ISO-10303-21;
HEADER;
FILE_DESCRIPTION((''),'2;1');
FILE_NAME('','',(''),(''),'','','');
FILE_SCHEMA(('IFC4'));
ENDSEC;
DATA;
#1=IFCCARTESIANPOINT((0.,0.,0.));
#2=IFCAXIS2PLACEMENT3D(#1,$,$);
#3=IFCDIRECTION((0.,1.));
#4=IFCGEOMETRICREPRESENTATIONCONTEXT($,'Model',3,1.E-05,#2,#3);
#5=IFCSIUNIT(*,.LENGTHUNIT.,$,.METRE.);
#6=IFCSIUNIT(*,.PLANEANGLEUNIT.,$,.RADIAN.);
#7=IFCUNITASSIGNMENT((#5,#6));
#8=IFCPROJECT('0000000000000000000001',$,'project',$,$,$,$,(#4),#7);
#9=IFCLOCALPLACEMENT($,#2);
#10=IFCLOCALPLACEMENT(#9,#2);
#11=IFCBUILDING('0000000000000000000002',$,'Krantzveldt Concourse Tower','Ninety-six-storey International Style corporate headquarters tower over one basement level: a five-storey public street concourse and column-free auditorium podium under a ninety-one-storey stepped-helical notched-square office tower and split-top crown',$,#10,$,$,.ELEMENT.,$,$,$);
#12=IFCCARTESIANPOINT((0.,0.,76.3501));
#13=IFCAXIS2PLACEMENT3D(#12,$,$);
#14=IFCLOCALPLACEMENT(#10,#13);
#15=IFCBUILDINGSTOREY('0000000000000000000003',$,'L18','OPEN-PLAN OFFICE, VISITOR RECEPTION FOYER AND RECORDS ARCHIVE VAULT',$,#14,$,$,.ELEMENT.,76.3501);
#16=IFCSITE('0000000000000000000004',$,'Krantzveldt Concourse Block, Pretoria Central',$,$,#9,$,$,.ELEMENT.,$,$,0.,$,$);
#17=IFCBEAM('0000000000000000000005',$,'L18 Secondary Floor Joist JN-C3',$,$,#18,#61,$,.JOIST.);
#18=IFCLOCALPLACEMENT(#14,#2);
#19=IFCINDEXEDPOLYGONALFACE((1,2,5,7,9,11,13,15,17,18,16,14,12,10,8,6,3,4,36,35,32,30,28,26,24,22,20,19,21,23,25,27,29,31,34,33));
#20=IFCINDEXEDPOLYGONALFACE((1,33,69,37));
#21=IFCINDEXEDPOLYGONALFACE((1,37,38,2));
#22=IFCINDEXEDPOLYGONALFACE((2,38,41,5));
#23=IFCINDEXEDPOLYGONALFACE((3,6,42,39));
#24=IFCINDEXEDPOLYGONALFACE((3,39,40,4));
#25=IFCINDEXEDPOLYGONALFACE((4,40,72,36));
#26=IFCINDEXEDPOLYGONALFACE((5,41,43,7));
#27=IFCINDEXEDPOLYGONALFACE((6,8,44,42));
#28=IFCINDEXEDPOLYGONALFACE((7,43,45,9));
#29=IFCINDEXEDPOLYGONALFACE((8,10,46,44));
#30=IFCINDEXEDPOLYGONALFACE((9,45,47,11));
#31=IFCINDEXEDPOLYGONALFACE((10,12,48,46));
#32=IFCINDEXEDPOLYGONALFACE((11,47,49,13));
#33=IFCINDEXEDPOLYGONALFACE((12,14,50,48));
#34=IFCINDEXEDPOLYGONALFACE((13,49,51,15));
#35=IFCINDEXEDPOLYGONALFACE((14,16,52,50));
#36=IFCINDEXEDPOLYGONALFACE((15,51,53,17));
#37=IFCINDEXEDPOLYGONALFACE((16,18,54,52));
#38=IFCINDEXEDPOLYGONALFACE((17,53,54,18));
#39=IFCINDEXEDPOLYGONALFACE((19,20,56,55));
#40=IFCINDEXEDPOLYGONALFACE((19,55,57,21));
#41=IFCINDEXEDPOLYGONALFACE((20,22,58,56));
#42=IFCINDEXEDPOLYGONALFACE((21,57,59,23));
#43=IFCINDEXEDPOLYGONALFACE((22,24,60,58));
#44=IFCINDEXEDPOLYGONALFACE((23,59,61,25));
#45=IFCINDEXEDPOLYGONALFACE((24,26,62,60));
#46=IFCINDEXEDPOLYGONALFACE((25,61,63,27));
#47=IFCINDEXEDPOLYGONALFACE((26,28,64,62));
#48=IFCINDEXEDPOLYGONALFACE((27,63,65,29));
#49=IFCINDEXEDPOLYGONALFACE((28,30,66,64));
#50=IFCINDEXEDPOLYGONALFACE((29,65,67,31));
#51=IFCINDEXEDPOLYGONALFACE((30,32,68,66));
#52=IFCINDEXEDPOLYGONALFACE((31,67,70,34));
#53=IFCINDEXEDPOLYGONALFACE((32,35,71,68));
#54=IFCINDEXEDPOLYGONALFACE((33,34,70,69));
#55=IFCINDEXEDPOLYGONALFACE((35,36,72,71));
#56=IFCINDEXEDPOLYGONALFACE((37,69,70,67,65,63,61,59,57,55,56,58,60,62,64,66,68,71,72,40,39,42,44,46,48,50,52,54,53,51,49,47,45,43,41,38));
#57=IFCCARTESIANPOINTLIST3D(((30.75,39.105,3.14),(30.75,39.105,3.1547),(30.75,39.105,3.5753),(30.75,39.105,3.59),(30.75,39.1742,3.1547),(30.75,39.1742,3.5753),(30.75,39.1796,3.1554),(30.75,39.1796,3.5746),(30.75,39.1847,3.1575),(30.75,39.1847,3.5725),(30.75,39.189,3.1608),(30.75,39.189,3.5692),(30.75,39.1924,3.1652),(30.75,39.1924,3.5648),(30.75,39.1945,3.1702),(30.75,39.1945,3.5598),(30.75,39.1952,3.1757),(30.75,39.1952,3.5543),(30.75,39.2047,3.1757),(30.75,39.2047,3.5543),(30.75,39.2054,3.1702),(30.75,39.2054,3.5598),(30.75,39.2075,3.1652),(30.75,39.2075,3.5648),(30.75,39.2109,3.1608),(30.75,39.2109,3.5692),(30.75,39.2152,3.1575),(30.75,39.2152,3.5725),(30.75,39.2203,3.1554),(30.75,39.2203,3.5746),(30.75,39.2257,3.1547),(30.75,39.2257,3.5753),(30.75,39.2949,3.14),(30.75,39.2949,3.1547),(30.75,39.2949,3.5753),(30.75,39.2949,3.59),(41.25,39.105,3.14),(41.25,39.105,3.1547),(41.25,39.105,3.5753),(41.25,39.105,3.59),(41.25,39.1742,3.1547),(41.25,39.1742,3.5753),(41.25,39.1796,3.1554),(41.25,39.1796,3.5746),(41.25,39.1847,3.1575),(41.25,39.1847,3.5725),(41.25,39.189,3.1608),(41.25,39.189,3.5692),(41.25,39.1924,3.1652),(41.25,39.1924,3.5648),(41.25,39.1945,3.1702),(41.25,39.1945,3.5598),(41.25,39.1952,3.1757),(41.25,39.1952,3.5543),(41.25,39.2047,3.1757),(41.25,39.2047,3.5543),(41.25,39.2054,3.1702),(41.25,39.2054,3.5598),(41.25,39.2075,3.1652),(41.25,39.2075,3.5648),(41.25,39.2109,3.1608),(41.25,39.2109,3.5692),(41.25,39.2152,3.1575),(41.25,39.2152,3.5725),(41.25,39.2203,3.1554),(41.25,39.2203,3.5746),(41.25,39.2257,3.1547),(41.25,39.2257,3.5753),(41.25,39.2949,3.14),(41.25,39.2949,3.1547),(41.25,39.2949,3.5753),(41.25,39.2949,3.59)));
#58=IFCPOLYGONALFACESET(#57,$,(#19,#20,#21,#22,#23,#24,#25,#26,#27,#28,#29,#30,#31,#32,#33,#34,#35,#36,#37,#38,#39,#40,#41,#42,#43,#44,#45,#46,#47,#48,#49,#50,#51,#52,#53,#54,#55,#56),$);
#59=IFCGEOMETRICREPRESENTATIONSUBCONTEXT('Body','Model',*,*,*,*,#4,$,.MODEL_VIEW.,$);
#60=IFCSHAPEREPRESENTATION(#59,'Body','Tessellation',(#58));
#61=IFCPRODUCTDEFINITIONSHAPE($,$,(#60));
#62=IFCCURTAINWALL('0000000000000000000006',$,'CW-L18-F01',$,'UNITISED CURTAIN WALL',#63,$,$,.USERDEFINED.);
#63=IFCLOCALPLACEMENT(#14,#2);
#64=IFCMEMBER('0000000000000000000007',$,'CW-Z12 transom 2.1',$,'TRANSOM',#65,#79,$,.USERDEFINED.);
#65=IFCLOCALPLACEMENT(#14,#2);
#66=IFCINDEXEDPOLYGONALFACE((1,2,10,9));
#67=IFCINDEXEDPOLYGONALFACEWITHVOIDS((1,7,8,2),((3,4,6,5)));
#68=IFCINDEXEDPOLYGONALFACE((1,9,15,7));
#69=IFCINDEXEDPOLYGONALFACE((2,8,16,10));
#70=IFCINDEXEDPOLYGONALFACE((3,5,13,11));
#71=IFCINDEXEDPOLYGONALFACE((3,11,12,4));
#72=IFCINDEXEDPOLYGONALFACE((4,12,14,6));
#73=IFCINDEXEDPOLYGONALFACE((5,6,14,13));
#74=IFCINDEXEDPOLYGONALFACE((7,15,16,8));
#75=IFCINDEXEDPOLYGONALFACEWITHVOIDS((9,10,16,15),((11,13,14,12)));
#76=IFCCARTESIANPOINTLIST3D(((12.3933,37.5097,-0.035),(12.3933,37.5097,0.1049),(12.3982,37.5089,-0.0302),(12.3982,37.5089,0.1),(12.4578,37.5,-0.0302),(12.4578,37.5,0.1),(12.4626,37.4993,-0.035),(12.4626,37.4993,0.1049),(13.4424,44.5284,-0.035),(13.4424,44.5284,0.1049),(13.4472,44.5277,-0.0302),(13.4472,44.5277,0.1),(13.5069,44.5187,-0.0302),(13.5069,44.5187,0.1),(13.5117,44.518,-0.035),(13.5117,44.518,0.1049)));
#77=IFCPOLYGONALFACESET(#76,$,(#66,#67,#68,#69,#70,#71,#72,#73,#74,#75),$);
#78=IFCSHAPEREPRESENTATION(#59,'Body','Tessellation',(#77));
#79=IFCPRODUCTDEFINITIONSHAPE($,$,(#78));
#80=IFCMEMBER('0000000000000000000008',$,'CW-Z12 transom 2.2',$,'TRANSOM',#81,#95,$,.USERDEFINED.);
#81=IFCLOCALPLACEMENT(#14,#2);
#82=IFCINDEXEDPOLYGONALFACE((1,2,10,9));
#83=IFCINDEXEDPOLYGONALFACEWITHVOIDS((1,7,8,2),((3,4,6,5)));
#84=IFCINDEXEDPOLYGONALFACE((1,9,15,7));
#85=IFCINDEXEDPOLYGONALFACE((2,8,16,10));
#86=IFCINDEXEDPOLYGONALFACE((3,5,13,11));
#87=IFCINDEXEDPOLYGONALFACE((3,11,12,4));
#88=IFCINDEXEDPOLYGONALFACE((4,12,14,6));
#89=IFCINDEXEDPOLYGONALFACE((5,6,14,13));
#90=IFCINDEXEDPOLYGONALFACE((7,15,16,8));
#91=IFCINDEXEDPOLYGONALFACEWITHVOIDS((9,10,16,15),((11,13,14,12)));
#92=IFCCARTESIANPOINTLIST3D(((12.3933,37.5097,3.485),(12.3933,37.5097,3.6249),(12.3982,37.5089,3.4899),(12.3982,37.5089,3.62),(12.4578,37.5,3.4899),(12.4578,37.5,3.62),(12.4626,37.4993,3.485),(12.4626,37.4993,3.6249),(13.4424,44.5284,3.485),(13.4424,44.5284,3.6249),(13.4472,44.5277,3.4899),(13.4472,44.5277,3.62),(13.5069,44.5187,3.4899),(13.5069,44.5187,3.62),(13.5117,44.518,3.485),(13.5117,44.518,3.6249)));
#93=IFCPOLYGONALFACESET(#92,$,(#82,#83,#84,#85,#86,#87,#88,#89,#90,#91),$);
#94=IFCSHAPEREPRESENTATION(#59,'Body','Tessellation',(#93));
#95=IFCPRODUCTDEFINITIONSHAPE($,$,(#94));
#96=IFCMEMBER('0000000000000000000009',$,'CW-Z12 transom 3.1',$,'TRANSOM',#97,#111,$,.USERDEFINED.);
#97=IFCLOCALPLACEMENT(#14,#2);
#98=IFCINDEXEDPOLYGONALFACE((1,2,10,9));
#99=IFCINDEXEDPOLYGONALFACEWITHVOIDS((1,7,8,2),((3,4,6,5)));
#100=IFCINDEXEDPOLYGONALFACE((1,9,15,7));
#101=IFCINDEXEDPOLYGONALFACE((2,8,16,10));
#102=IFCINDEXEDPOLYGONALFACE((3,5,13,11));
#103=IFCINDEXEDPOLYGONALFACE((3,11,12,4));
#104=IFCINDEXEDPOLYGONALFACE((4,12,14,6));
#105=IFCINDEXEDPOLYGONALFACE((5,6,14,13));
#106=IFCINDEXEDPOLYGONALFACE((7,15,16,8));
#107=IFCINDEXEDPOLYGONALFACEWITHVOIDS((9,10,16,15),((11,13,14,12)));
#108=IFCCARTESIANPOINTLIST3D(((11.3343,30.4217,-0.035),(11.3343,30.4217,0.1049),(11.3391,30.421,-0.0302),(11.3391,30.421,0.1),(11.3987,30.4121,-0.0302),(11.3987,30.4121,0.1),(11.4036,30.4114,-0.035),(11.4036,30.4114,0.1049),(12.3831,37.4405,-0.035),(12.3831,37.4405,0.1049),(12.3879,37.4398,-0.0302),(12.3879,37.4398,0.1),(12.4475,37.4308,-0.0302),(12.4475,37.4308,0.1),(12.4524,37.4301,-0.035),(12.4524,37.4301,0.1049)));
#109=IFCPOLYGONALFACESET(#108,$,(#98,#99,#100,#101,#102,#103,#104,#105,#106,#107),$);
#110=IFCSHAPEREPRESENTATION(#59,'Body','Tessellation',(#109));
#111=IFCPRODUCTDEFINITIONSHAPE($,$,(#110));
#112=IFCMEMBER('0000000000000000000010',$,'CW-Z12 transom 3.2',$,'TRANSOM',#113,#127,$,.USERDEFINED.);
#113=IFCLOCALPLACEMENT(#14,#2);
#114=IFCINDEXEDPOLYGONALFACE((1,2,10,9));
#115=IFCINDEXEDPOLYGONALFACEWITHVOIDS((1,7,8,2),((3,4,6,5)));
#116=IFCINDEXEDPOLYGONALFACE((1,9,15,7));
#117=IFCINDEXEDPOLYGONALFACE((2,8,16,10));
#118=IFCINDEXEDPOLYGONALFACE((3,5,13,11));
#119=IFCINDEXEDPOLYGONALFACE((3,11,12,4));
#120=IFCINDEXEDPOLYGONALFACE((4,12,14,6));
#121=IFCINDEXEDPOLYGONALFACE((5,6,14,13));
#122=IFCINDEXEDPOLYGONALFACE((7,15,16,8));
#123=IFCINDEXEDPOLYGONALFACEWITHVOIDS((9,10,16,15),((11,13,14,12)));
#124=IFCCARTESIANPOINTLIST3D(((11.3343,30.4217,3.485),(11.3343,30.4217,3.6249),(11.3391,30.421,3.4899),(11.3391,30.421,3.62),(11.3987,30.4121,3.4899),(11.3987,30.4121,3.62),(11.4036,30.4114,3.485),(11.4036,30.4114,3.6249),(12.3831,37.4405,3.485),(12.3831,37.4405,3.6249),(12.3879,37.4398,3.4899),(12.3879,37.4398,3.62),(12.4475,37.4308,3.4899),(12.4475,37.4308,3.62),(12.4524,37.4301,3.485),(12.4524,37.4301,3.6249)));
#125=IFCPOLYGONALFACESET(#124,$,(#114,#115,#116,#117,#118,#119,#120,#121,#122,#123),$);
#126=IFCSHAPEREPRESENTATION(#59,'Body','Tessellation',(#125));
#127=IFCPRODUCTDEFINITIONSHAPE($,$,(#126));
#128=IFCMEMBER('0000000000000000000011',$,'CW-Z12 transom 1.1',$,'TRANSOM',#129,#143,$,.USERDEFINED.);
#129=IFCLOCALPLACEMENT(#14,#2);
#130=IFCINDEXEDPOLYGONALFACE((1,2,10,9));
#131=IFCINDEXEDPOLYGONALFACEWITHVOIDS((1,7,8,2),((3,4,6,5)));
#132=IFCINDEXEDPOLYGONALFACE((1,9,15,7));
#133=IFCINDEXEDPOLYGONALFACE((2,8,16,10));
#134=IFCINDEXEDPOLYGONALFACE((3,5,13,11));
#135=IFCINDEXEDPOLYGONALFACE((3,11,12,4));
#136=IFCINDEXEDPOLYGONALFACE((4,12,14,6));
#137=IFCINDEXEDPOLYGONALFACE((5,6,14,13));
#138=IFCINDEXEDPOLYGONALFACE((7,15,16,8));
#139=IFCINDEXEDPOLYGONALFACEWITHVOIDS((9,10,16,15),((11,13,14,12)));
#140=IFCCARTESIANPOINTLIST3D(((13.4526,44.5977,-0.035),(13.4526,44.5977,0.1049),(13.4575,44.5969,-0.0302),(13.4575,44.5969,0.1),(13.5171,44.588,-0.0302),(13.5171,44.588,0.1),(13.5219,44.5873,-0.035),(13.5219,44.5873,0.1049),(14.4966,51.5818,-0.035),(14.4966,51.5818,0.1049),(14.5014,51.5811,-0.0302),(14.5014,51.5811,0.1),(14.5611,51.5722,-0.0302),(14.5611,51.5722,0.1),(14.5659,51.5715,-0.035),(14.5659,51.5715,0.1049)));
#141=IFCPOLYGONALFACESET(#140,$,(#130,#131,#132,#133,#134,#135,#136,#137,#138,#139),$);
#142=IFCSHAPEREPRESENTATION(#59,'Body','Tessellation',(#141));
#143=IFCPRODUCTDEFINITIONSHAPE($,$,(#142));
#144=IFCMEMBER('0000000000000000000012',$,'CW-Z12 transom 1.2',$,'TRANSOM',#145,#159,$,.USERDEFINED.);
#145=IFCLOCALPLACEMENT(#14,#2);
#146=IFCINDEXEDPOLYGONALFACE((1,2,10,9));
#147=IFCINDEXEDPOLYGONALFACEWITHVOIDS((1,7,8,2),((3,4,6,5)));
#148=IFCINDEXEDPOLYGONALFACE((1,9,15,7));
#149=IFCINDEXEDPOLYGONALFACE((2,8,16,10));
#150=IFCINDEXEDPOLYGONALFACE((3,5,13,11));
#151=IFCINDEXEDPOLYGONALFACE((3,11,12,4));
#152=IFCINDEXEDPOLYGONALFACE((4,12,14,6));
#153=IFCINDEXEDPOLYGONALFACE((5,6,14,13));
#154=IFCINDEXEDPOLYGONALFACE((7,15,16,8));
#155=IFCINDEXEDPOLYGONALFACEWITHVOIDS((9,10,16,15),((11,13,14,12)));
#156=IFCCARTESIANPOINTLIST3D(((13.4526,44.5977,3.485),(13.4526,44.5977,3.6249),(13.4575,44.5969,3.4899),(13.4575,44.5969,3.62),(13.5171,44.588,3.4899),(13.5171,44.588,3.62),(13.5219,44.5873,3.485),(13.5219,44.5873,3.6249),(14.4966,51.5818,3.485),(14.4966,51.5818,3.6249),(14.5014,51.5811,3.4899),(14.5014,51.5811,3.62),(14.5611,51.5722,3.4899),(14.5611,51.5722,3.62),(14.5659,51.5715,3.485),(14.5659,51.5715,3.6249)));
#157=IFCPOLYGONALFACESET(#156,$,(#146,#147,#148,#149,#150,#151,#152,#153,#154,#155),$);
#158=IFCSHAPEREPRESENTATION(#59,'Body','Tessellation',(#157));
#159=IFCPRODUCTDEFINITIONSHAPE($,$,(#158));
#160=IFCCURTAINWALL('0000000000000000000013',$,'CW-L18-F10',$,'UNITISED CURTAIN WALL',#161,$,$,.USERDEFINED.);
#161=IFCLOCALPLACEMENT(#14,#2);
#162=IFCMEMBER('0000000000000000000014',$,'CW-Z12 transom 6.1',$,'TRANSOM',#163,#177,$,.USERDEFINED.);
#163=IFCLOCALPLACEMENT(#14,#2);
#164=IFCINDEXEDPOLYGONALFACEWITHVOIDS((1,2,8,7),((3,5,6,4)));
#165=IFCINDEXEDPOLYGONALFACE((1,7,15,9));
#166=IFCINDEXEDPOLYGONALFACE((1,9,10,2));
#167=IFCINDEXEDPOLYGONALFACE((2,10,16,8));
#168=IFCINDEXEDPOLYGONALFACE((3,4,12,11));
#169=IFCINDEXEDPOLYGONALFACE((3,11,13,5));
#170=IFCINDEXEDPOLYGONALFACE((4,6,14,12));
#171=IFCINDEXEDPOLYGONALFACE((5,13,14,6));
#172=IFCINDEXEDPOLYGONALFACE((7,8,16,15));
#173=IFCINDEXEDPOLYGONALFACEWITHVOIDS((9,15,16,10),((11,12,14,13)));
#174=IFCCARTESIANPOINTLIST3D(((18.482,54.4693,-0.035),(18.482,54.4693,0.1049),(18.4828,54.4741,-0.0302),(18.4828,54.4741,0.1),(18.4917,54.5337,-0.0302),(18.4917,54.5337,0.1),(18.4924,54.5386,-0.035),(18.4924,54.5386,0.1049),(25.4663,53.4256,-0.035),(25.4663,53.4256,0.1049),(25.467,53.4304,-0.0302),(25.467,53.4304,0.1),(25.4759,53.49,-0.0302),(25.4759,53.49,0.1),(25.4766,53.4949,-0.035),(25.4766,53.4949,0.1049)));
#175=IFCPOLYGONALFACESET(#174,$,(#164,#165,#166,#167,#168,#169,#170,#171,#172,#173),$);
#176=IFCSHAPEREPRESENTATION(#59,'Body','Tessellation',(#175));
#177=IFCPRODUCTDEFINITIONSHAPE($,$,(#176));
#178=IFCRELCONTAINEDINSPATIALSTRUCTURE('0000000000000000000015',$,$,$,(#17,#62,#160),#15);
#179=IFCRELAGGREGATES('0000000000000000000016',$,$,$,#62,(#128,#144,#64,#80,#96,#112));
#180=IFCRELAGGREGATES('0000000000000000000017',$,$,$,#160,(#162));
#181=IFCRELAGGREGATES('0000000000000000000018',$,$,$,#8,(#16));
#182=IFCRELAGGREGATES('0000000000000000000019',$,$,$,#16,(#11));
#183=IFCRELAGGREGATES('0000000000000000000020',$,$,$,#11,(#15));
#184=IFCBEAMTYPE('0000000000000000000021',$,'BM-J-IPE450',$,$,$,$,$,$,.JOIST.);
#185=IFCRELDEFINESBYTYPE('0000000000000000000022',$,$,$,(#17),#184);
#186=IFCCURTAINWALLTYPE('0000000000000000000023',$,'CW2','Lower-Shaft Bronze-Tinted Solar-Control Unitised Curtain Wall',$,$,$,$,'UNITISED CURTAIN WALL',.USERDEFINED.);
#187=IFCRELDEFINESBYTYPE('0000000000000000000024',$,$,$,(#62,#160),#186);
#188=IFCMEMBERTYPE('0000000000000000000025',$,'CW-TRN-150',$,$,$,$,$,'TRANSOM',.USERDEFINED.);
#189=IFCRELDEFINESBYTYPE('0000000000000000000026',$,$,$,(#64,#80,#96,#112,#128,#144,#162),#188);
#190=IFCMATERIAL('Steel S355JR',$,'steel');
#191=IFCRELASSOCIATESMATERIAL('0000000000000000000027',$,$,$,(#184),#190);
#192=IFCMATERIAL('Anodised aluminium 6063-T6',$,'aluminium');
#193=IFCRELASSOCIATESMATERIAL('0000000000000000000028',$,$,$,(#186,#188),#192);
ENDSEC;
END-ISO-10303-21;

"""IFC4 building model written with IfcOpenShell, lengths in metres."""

from ifc_helpers import new_model, si_unit, direction, frame, origin, origin_2d, place, context, subcontext, project, spatial, hollow_rectangle, i_section, extrude, source, transform, mapped, material, material_profile, profile_set, type_object, type_shapes, element, aggregate, save


model = new_model("IFC4")

# Units and contexts
model_context = context("Model", 3, precision=1e-05, world=origin(), true_north=direction((0.0, 1.0)))
body_context = subcontext(model_context, "Body", "Model", "MODEL_VIEW")
ifc_project = project(units=[si_unit("LENGTHUNIT", "METRE"), si_unit("PLANEANGLEUNIT", "RADIAN")], contexts=[model_context])

# Site, building, storey
site_placement = place(None, origin())
site = spatial("IfcSite", under=ifc_project, at=site_placement, Name="Krantzveldt Concourse Block, Pretoria Central", CompositionType="ELEMENT", RefElevation=0.0)
building_placement = place(site_placement, origin())
building = spatial("IfcBuilding", under=site, at=building_placement, Name="Krantzveldt Concourse Tower", Description="Ninety-six-storey International Style corporate headquarters tower over one basement level: a five-storey public street concourse and column-free auditorium podium under a ninety-one-storey stepped-helical notched-square office tower and split-top crown", CompositionType="ELEMENT")
storey_placement = place(building_placement, frame((0.0, 0.0, 76.3501)))
storey = spatial("IfcBuildingStorey", under=building, at=storey_placement, Name="L18", Description="OPEN-PLAN OFFICE, VISITOR RECEPTION FOYER AND RECORDS ARCHIVE VAULT", CompositionType="ELEMENT", Elevation=76.3501)

# Beam
ifc_material_1 = material(Name="Steel S355JR", Category="steel")
ifc_material_profile_1 = material_profile(ifc_material_1, i_section(OverallWidth=0.1899, OverallDepth=0.45, WebThickness=0.0095, FlangeThickness=0.0146, FilletRadius=0.021, at=origin_2d()), Name="Steel S355JR", Category="steel")
ifc_profile_set_1 = profile_set([ifc_material_profile_1], Name="Steel S355JR - IPE 450")
beam_type_1 = type_object("IfcBeamType", Name="BM-J-IPE450", PredefinedType="JOIST", material=ifc_profile_set_1)
shared_shape_1 = source(origin(), body_context, "Body", "SweptSolid", [
    extrude(i_section(OverallWidth=0.1899, OverallDepth=0.45, WebThickness=0.0095, FlangeThickness=0.0146, FilletRadius=0.021, at=origin_2d()), origin(), (0.0, 0.0, 1.0), 10.5),
])
type_shapes(beam_type_1, [shared_shape_1])
beam_1_placement = place(storey_placement, frame((30.75, 39.2, 3.365), z_axis=(1.0, 0.0, 0.0), x_axis=(0.0, 1.0, 0.0)))
element("IfcBeam", 1, at=beam_1_placement, inside=storey, type_object=beam_type_1, Name="L18 Secondary Floor Joist JN-C3", PredefinedType="JOIST", context=body_context, shape_type="MappedRepresentation", body=[
    mapped(shared_shape_1, transform((0.0, 0.0, 0.0), x_axis=(1.0, 0.0, 0.0), y_axis=(0.0, 1.0, 0.0), z_axis=(0.0, 0.0, 1.0), scale=1.0)),
])

# Curtain walls, members
ifc_material_2 = material(Name="Anodised aluminium 6063-T6", Category="aluminium")
curtain_wall_type = type_object("IfcCurtainWallType", Name="CW2", Description="Lower-Shaft Bronze-Tinted Solar-Control Unitised Curtain Wall", ElementType="UNITISED CURTAIN WALL", PredefinedType="USERDEFINED", material=ifc_material_2)
curtain_wall_1_placement = place(storey_placement, origin())
curtain_wall_1 = element("IfcCurtainWall", 2, at=curtain_wall_1_placement, inside=storey, type_object=curtain_wall_type, Name="CW-L18-F01", ObjectType="UNITISED CURTAIN WALL", PredefinedType="USERDEFINED")
ifc_material_profile_2 = material_profile(ifc_material_2, hollow_rectangle(XDim=0.0701, YDim=0.1399, WallThickness=0.0049, at=origin_2d()), Name="Anodised aluminium 6063-T6", Category="aluminium")
ifc_profile_set_2 = profile_set([ifc_material_profile_2], Name="Anodised aluminium 6063-T6 - ALU-TRAN 140x70x5")
member_type_1 = type_object("IfcMemberType", Name="CW-TRN-150", ElementType="TRANSOM", PredefinedType="USERDEFINED", material=ifc_profile_set_2)
shared_shape_2 = source(origin(), body_context, "Body", "SweptSolid", [
    extrude(hollow_rectangle(XDim=0.0701, YDim=0.1399, WallThickness=0.0049, at=origin_2d()), origin(), (0.0, 0.0, 1.0), 7.0967),
])
member_1_placement = place(storey_placement, frame((13.4771, 44.5232, 0.0349), z_axis=(-0.147824, -0.989014, 0.0), x_axis=(0.989014, -0.147824, 0.0)))
member_1 = element("IfcMember", 3, at=member_1_placement, type_object=member_type_1, Name="CW-Z12 transom 2.1", ObjectType="TRANSOM", PredefinedType="USERDEFINED", context=body_context, shape_type="MappedRepresentation", body=[
    mapped(shared_shape_2, transform((0.0, 0.0, 0.0), x_axis=(1.0, 0.0, 0.0), y_axis=(0.0, 1.0, 0.0), z_axis=(0.0, 0.0, 1.0), scale=1.0)),
])
member_2_placement = place(storey_placement, frame((13.4771, 44.5232, 3.5549), z_axis=(-0.147824, -0.989014, 0.0), x_axis=(0.989014, -0.147824, 0.0)))
member_2 = element("IfcMember", 4, at=member_2_placement, type_object=member_type_1, Name="CW-Z12 transom 2.2", ObjectType="TRANSOM", PredefinedType="USERDEFINED", context=body_context, shape_type="MappedRepresentation", body=[
    mapped(shared_shape_2, transform((0.0, 0.0, 0.0), x_axis=(1.0, 0.0, 0.0), y_axis=(0.0, 1.0, 0.0), z_axis=(0.0, 0.0, 1.0), scale=1.0)),
])
member_3_placement = place(storey_placement, frame((12.4177, 37.4353, 0.0349), z_axis=(-0.14779, -0.989019, 0.0), x_axis=(0.989019, -0.14779, 0.0)))
member_3 = element("IfcMember", 5, at=member_3_placement, type_object=member_type_1, Name="CW-Z12 transom 3.1", ObjectType="TRANSOM", PredefinedType="USERDEFINED", context=body_context, shape_type="MappedRepresentation", body=[
    mapped(shared_shape_2, transform((0.0, 0.0, 0.0), x_axis=(1.0, 0.0, 0.0), y_axis=(0.0, 1.0, 0.0), z_axis=(0.0, 0.0, 1.0), scale=1.0)),
])
member_4_placement = place(storey_placement, frame((12.4177, 37.4353, 3.5549), z_axis=(-0.14779, -0.989019, 0.0), x_axis=(0.989019, -0.14779, 0.0)))
member_4 = element("IfcMember", 6, at=member_4_placement, type_object=member_type_1, Name="CW-Z12 transom 3.2", ObjectType="TRANSOM", PredefinedType="USERDEFINED", context=body_context, shape_type="MappedRepresentation", body=[
    mapped(shared_shape_2, transform((0.0, 0.0, 0.0), x_axis=(1.0, 0.0, 0.0), y_axis=(0.0, 1.0, 0.0), z_axis=(0.0, 0.0, 1.0), scale=1.0)),
])
shared_shape_3 = source(origin(), body_context, "Body", "SweptSolid", [
    extrude(hollow_rectangle(XDim=0.0701, YDim=0.1399, WallThickness=0.0049, at=origin_2d()), origin(), (0.0, 0.0, 1.0), 7.0618),
])
member_5_placement = place(storey_placement, frame((14.5312, 51.5767, 0.0349), z_axis=(-0.147832, -0.989013, 0.0), x_axis=(0.989013, -0.147832, 0.0)))
member_5 = element("IfcMember", 7, at=member_5_placement, type_object=member_type_1, Name="CW-Z12 transom 1.1", ObjectType="TRANSOM", PredefinedType="USERDEFINED", context=body_context, shape_type="MappedRepresentation", body=[
    mapped(shared_shape_3, transform((0.0, 0.0, 0.0), x_axis=(1.0, 0.0, 0.0), y_axis=(0.0, 1.0, 0.0), z_axis=(0.0, 0.0, 1.0), scale=1.0)),
])
member_6_placement = place(storey_placement, frame((14.5312, 51.5767, 3.5549), z_axis=(-0.147832, -0.989013, 0.0), x_axis=(0.989013, -0.147832, 0.0)))
member_6 = element("IfcMember", 8, at=member_6_placement, type_object=member_type_1, Name="CW-Z12 transom 1.2", ObjectType="TRANSOM", PredefinedType="USERDEFINED", context=body_context, shape_type="MappedRepresentation", body=[
    mapped(shared_shape_3, transform((0.0, 0.0, 0.0), x_axis=(1.0, 0.0, 0.0), y_axis=(0.0, 1.0, 0.0), z_axis=(0.0, 0.0, 1.0), scale=1.0)),
])
curtain_wall_2_placement = place(storey_placement, origin())
curtain_wall_2 = element("IfcCurtainWall", 9, at=curtain_wall_2_placement, inside=storey, type_object=curtain_wall_type, Name="CW-L18-F10", ObjectType="UNITISED CURTAIN WALL", PredefinedType="USERDEFINED")
member_7_placement = place(storey_placement, frame((25.4714, 53.4602, 0.0349), z_axis=(-0.989018, 0.147798, 0.0), x_axis=(-0.147798, -0.989018, 0.0)))
member_7 = element("IfcMember", 10, at=member_7_placement, type_object=member_type_1, Name="CW-Z12 transom 6.1", ObjectType="TRANSOM", PredefinedType="USERDEFINED", context=body_context, shape_type="MappedRepresentation", body=[
    mapped(shared_shape_3, transform((0.0, 0.0, 0.0), x_axis=(1.0, 0.0, 0.0), y_axis=(0.0, 1.0, 0.0), z_axis=(0.0, 0.0, 1.0), scale=1.0)),
])

aggregate(curtain_wall_1, [member_5, member_6, member_1, member_2, member_3, member_4])
aggregate(curtain_wall_2, [member_7])

save(model, "model.ifc")
